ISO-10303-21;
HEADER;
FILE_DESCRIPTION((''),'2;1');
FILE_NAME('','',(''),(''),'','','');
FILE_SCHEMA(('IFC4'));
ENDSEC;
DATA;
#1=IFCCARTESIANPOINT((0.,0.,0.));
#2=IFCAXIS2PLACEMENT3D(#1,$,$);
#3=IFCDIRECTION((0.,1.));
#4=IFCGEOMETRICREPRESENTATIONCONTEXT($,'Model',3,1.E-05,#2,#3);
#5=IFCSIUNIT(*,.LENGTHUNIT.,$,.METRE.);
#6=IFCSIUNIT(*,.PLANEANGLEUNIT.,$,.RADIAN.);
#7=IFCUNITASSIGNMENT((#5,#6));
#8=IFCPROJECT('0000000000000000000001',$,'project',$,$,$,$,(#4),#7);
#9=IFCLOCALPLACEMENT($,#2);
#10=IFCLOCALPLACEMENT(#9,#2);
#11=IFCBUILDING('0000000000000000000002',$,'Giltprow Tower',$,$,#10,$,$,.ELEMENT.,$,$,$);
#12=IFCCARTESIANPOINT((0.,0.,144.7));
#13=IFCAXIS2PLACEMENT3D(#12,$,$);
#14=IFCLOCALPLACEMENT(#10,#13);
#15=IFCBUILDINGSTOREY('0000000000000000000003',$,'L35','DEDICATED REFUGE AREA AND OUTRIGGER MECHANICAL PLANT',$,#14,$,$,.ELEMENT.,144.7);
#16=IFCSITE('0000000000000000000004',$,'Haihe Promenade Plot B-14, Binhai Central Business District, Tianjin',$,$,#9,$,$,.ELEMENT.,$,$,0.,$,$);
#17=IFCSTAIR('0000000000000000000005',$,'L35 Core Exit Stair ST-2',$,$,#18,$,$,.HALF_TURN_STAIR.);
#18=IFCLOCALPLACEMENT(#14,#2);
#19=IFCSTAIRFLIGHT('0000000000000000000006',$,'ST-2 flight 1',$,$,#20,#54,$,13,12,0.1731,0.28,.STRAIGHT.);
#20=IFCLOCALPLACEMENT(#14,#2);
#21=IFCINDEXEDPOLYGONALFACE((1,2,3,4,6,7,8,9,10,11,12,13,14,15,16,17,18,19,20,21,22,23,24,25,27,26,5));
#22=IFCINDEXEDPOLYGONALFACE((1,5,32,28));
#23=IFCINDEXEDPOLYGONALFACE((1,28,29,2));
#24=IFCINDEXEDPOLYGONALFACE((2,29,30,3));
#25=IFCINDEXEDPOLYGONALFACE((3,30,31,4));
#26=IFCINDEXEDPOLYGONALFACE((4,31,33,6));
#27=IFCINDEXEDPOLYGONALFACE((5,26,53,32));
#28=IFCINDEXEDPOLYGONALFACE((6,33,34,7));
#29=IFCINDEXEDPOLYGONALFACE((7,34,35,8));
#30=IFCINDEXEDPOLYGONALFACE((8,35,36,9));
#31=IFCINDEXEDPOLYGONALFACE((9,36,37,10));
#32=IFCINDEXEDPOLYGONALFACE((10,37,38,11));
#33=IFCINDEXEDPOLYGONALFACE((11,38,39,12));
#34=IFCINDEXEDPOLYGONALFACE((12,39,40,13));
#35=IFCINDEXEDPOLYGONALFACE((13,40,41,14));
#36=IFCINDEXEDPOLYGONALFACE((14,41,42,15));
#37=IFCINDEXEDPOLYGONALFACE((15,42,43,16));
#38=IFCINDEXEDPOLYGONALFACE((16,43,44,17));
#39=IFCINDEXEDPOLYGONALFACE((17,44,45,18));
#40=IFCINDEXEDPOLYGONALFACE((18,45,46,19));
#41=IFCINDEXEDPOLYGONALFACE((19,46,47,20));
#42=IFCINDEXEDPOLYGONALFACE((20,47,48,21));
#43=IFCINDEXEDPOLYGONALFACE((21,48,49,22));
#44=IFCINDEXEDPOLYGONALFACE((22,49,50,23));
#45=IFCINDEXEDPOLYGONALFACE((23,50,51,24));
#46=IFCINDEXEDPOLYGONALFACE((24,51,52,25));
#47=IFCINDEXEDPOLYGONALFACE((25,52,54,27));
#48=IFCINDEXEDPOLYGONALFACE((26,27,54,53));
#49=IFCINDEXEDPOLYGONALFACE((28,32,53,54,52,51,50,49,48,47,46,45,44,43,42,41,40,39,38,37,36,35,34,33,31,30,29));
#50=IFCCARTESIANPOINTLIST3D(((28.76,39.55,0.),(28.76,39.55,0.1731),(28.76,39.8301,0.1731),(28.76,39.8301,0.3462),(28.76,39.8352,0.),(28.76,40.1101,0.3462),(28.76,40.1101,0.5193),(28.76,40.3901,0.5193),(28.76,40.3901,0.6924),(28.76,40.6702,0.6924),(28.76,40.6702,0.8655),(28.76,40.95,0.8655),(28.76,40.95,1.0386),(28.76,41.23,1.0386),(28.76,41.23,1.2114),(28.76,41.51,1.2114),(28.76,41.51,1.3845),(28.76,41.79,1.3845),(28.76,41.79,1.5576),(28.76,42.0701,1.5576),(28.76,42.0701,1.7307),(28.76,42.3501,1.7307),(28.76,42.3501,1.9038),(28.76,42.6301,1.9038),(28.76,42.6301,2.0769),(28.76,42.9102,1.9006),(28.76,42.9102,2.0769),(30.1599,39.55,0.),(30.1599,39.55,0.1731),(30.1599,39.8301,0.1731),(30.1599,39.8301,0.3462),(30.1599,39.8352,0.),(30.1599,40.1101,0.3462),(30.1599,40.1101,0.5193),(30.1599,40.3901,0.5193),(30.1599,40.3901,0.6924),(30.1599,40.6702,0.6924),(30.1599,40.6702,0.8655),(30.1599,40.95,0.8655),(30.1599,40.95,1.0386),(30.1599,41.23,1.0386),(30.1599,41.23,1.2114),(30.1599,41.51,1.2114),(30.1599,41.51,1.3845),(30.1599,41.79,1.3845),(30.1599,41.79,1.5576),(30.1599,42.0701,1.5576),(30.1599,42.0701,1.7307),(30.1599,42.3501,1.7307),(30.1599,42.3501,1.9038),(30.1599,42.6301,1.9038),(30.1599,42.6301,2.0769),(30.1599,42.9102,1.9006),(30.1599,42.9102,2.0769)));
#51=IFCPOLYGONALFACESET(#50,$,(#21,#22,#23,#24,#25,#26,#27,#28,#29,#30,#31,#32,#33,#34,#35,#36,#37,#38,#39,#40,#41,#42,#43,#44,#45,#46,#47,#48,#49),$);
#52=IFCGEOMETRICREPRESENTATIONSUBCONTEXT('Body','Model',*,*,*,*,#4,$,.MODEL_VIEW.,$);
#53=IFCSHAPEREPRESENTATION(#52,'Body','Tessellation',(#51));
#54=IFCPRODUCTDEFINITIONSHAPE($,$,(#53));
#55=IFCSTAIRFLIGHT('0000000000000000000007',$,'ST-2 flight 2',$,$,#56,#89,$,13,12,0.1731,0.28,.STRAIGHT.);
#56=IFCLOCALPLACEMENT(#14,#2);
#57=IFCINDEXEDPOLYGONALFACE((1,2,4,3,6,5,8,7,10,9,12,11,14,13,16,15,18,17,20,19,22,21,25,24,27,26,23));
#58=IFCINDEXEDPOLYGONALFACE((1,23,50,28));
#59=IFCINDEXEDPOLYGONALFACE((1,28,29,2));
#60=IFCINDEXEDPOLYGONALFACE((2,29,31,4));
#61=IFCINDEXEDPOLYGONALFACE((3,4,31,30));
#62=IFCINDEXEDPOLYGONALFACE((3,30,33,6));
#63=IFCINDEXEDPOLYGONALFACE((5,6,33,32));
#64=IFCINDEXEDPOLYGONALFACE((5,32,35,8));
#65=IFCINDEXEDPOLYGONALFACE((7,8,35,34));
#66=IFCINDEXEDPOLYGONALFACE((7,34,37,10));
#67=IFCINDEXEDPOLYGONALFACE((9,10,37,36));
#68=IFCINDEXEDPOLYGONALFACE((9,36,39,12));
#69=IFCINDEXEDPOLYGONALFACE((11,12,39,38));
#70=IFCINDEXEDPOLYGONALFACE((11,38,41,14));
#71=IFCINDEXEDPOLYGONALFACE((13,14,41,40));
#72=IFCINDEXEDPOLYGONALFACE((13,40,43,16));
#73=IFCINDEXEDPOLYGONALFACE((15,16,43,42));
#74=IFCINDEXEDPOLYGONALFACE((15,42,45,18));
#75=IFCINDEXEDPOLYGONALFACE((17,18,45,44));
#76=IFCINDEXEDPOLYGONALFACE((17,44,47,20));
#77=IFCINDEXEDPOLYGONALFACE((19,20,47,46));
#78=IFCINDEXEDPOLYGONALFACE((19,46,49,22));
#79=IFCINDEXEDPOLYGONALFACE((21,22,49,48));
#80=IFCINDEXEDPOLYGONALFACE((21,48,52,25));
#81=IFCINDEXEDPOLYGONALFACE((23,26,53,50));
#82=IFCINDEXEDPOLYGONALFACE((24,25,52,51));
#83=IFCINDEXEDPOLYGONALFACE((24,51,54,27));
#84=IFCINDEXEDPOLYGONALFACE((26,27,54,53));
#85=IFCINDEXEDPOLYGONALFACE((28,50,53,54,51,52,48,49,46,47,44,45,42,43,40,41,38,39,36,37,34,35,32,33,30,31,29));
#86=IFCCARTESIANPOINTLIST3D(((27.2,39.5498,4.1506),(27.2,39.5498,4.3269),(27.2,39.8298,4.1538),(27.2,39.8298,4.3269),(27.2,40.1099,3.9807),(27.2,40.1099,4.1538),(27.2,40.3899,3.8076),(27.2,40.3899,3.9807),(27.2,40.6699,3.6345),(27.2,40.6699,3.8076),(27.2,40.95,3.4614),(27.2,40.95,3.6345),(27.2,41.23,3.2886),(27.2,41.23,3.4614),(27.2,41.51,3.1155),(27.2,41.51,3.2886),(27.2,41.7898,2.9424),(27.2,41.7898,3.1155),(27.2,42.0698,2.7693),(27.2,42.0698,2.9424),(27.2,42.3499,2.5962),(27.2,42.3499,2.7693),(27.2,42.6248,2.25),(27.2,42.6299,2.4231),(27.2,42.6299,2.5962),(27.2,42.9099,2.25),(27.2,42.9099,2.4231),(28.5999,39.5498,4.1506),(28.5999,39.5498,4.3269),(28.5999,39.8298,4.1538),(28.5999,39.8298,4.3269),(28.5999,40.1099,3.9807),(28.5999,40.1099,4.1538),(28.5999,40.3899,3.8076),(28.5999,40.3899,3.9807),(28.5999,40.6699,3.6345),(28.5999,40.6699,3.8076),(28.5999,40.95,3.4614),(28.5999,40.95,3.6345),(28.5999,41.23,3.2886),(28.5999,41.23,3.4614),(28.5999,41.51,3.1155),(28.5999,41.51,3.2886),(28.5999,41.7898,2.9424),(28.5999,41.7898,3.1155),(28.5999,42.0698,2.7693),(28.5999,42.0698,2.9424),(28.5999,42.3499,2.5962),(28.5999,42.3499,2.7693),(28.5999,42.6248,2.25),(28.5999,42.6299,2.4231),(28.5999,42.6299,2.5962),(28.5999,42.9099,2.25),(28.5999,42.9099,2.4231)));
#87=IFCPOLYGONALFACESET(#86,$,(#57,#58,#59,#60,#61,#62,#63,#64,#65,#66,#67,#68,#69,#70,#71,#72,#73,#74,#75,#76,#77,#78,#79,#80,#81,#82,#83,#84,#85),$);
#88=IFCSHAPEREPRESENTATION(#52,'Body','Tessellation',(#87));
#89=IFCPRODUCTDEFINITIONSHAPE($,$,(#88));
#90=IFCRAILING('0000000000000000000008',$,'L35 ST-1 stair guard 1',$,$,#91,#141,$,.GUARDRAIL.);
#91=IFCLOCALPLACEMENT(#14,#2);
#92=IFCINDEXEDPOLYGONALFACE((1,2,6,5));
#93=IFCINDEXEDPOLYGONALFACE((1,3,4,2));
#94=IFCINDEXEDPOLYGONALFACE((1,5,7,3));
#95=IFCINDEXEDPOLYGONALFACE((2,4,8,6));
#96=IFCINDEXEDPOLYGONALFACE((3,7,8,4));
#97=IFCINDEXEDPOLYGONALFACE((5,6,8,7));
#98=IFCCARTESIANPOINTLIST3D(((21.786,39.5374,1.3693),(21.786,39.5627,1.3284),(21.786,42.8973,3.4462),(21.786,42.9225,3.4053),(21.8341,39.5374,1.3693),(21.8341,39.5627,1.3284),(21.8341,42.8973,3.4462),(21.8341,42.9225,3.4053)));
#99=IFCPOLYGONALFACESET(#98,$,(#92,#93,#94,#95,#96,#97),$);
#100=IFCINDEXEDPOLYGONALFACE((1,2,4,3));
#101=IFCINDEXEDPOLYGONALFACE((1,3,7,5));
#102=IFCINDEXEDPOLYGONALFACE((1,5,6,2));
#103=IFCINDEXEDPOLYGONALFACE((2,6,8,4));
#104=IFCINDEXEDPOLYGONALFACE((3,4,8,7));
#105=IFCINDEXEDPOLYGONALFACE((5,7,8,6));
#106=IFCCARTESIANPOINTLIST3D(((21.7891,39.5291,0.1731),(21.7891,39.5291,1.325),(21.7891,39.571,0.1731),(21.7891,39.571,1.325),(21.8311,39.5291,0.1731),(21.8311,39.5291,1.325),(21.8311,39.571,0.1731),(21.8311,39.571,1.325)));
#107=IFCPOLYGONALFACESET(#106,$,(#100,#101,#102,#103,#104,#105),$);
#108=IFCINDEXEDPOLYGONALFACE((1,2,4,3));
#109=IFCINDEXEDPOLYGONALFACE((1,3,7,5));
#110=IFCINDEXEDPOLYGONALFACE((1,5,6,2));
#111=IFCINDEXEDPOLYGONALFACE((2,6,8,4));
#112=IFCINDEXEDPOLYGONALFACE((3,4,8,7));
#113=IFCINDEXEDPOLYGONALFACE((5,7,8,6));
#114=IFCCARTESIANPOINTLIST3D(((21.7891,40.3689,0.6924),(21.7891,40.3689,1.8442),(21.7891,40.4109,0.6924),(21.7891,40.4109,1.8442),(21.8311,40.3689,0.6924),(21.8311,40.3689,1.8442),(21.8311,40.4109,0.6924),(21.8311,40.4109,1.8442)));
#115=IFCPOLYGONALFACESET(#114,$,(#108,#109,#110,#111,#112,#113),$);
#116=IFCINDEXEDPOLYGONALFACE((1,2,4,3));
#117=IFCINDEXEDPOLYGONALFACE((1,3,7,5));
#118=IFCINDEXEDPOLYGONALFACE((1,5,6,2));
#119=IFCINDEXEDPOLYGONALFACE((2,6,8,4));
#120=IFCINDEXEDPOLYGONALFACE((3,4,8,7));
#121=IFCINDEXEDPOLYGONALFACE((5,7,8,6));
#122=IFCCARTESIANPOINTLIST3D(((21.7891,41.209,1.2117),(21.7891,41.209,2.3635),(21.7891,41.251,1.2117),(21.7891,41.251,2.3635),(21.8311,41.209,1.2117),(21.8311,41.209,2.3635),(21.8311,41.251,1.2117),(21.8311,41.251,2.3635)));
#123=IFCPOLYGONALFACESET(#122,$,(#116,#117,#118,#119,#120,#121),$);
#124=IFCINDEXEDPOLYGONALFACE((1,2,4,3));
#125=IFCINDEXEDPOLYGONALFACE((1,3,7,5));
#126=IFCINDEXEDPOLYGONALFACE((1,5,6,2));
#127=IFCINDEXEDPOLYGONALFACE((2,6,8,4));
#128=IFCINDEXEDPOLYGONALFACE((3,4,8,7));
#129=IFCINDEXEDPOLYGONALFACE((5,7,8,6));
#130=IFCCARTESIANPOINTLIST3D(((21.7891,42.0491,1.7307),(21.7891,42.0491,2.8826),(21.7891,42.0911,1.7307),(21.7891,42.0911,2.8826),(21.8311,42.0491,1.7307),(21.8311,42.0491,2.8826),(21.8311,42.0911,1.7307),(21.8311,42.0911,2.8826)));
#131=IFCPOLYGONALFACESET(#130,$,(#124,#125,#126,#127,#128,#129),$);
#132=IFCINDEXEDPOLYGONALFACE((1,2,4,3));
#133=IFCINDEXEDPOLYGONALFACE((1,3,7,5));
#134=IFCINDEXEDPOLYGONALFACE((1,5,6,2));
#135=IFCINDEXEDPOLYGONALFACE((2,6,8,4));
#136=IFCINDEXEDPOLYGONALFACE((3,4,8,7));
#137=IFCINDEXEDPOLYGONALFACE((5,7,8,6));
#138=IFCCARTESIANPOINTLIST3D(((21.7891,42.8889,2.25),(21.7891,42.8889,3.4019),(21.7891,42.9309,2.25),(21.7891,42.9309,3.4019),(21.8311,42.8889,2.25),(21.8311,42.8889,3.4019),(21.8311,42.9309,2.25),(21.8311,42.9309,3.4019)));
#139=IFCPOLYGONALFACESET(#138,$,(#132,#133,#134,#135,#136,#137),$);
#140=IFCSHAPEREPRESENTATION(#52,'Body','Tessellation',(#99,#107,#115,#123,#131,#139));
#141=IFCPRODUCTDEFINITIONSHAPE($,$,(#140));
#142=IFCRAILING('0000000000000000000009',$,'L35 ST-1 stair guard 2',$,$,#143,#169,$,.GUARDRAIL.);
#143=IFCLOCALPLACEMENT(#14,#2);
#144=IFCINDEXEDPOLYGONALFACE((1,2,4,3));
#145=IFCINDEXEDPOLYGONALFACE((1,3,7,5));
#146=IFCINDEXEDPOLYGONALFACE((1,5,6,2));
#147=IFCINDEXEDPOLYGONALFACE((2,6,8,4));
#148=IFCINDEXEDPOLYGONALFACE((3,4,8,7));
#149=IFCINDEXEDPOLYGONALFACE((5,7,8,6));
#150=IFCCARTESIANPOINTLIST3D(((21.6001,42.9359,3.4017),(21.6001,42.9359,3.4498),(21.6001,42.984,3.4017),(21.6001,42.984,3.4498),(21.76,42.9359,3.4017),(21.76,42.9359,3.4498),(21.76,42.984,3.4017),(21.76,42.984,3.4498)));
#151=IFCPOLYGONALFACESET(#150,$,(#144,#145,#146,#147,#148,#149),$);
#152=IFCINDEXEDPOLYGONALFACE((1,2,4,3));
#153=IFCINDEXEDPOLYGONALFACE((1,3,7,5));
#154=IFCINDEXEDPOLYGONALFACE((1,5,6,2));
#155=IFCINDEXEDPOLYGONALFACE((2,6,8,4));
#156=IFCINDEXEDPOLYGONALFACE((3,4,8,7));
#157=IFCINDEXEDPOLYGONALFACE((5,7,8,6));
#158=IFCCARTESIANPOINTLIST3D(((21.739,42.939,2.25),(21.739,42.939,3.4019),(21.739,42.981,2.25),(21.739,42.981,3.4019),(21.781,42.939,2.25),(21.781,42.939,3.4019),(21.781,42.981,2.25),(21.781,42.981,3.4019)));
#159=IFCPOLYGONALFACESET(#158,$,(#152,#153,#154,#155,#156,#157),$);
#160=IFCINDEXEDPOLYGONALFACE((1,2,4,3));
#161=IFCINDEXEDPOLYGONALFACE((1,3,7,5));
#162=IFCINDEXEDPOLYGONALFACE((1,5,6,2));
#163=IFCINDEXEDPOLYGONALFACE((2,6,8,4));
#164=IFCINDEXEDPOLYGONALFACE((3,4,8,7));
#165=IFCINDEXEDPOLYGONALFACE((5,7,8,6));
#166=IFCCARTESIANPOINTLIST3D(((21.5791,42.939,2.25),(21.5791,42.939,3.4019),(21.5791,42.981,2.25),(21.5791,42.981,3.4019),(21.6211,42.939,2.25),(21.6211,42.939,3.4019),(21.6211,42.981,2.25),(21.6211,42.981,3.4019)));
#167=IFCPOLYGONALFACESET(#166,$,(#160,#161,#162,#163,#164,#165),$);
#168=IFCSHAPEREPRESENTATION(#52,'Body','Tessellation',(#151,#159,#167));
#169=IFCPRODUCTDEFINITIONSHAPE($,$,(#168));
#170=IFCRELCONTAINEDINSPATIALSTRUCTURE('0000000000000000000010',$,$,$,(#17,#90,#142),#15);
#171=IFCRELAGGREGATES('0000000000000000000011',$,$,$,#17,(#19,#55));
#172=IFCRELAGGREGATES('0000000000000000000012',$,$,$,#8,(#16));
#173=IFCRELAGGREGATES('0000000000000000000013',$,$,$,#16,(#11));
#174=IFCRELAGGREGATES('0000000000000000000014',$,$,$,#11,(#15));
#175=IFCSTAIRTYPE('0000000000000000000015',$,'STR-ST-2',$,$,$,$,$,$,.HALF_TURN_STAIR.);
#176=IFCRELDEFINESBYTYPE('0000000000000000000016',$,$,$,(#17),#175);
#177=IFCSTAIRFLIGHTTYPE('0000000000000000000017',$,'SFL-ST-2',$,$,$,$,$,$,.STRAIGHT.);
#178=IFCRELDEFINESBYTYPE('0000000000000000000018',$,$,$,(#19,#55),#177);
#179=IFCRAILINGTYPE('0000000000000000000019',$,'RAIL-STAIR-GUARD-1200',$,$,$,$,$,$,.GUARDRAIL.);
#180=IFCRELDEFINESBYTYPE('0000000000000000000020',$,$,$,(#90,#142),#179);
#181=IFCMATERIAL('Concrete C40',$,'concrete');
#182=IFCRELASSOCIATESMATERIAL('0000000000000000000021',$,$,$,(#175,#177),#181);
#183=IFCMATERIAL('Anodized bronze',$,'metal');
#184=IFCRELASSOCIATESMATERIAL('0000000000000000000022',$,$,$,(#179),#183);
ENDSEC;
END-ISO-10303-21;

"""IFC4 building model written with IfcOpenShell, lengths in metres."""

from ifc_helpers import new_model, si_unit, direction, frame, origin, origin_2d, place, context, subcontext, project, spatial, polyline, rectangle, outline, extrude, material, type_object, element, aggregate, save


model = new_model("IFC4")

# Units and contexts
model_context = context("Model", 3, precision=1e-05, world=origin(), true_north=direction((0.0, 1.0)))
body_context = subcontext(model_context, "Body", "Model", "MODEL_VIEW")
ifc_project = project(units=[si_unit("LENGTHUNIT", "METRE"), si_unit("PLANEANGLEUNIT", "RADIAN")], contexts=[model_context])

# Site, building, storey
site_placement = place(None, origin())
site = spatial("IfcSite", under=ifc_project, at=site_placement, Name="Haihe Promenade Plot B-14, Binhai Central Business District, Tianjin", CompositionType="ELEMENT", RefElevation=0.0)
building_placement = place(site_placement, origin())
building = spatial("IfcBuilding", under=site, at=building_placement, Name="Giltprow Tower", CompositionType="ELEMENT")
storey_placement = place(building_placement, frame((0.0, 0.0, 144.7)))
storey = spatial("IfcBuildingStorey", under=building, at=storey_placement, Name="L35", Description="DEDICATED REFUGE AREA AND OUTRIGGER MECHANICAL PLANT", CompositionType="ELEMENT", Elevation=144.7)

# Shared definitions
ifc_material_1 = material(Name="Concrete C40", Category="concrete")

# Stair, stair flights
stair_type_1 = type_object("IfcStairType", Name="STR-ST-2", PredefinedType="HALF_TURN_STAIR", material=ifc_material_1)
stair_1_placement = place(storey_placement, origin())
stair_1 = element("IfcStair", 1, at=stair_1_placement, inside=storey, type_object=stair_type_1, Name="L35 Core Exit Stair ST-2", PredefinedType="HALF_TURN_STAIR")
stair_flight_type_1 = type_object("IfcStairFlightType", Name="SFL-ST-2", PredefinedType="STRAIGHT", material=ifc_material_1)
stair_flight_1_placement = place(storey_placement, frame((29.46, 39.55, 0.0), z_axis=(0.0, 0.0, 1.0), x_axis=(0.0, 1.0, 0.0)))
stair_flight_1 = element("IfcStairFlight", 2, at=stair_flight_1_placement, type_object=stair_flight_type_1, Name="ST-2 flight 1", NumberOfRisers=13, NumberOfTreads=12, PredefinedType="STRAIGHT", RiserHeight=0.1731, TreadLength=0.28, context=body_context, shape_type="SweptSolid", body=[
    extrude(outline(polyline([(0.0, 0.0), (0.0, 0.1731), (0.28, 0.1731), (0.28, 0.3462), (0.5601, 0.3462), (0.5601, 0.5193), (0.8401, 0.5193), (0.8401, 0.6924), (1.1201, 0.6924), (1.1201, 0.8655), (1.3999, 0.8655), (1.3999, 1.0386), (1.6799, 1.0386), (1.6799, 1.2114), (1.96, 1.2114), (1.96, 1.3845), (2.24, 1.3845), (2.24, 1.5576), (2.52, 1.5576), (2.52, 1.7307), (2.8, 1.7307), (2.8, 1.9038), (3.0801, 1.9038), (3.0801, 2.0769), (3.3601, 2.0769), (3.3601, 2.25), (3.3601, 1.9006), (0.2852, 0.0), (0.0, 0.0)])), frame((0.0, 0.7, 0.0), z_axis=(0.0, -1.0, 0.0), x_axis=(1.0, 0.0, 0.0)), (0.0, 0.0, 1.0), 1.3999),
])
stair_flight_2_placement = place(storey_placement, frame((27.8999, 42.9099, 2.25), z_axis=(0.0, 0.0, 1.0), x_axis=(0.0, -1.0, 0.0)))
stair_flight_2 = element("IfcStairFlight", 3, at=stair_flight_2_placement, type_object=stair_flight_type_1, Name="ST-2 flight 2", NumberOfRisers=13, NumberOfTreads=12, PredefinedType="STRAIGHT", RiserHeight=0.1731, TreadLength=0.28, context=body_context, shape_type="SweptSolid", body=[
    extrude(outline(polyline([(0.0, 0.0), (0.0, 0.1731), (0.28, 0.1731), (0.28, 0.3462), (0.5601, 0.3462), (0.5601, 0.5193), (0.8401, 0.5193), (0.8401, 0.6924), (1.1201, 0.6924), (1.1201, 0.8655), (1.3999, 0.8655), (1.3999, 1.0386), (1.6799, 1.0386), (1.6799, 1.2114), (1.96, 1.2114), (1.96, 1.3845), (2.24, 1.3845), (2.24, 1.5576), (2.52, 1.5576), (2.52, 1.7307), (2.8, 1.7307), (2.8, 1.9038), (3.0801, 1.9038), (3.0801, 2.0769), (3.3601, 2.0769), (3.3601, 2.25), (3.3601, 1.9006), (0.2852, 0.0), (0.0, 0.0)])), frame((0.0, 0.7, 0.0), z_axis=(0.0, -1.0, 0.0), x_axis=(1.0, 0.0, 0.0)), (0.0, 0.0, 1.0), 1.3999),
])
aggregate(stair_1, [stair_flight_1, stair_flight_2])

# Railings
ifc_material_2 = material(Name="Anodized bronze", Category="metal")
railing_type_1 = type_object("IfcRailingType", Name="RAIL-STAIR-GUARD-1200", PredefinedType="GUARDRAIL", material=ifc_material_2)
railing_1_placement = place(storey_placement, frame((21.8101, 39.55, 0.1731)))
element("IfcRailing", 4, at=railing_1_placement, inside=storey, type_object=railing_type_1, Name="L35 ST-1 stair guard 1", PredefinedType="GUARDRAIL", context=body_context, shape_type="SweptSolid", body=[
    extrude(rectangle(XDim=0.0481, YDim=0.0481, at=origin_2d()), frame((0.0, 0.0, 1.1758), z_axis=(0.0, 0.850606, 0.525803), x_axis=(-1.0, 0.0, 0.0)), (0.0, 0.0, 1.0), 3.95),
    extrude(rectangle(XDim=0.042, YDim=0.042, at=origin_2d()), origin(), (0.0, 0.0, 1.0), 1.1519),
    extrude(rectangle(XDim=0.042, YDim=0.042, at=origin_2d()), frame((0.0, 0.8398, 0.5193)), (0.0, 0.0, 1.0), 1.1519),
    extrude(rectangle(XDim=0.042, YDim=0.042, at=origin_2d()), frame((0.0, 1.6799, 1.0386)), (0.0, 0.0, 1.0), 1.1519),
    extrude(rectangle(XDim=0.042, YDim=0.042, at=origin_2d()), frame((0.0, 2.52, 1.5576)), (0.0, 0.0, 1.0), 1.1519),
    extrude(rectangle(XDim=0.042, YDim=0.042, at=origin_2d()), frame((0.0, 3.3599, 2.0769)), (0.0, 0.0, 1.0), 1.1519),
])
railing_2_placement = place(storey_placement, frame((21.76, 42.96, 2.25)))
element("IfcRailing", 5, at=railing_2_placement, inside=storey, type_object=railing_type_1, Name="L35 ST-1 stair guard 2", PredefinedType="GUARDRAIL", context=body_context, shape_type="SweptSolid", body=[
    extrude(rectangle(XDim=0.0481, YDim=0.0481, at=origin_2d()), frame((0.0, 0.0, 1.1758), z_axis=(-1.0, 0.0, 0.0), x_axis=(0.0, -1.0, 0.0)), (0.0, 0.0, 1.0), 0.1599),
    extrude(rectangle(XDim=0.042, YDim=0.042, at=origin_2d()), origin(), (0.0, 0.0, 1.0), 1.1519),
    extrude(rectangle(XDim=0.042, YDim=0.042, at=origin_2d()), frame((-0.1599, 0.0, 0.0)), (0.0, 0.0, 1.0), 1.1519),
])

save(model, "model.ifc")
